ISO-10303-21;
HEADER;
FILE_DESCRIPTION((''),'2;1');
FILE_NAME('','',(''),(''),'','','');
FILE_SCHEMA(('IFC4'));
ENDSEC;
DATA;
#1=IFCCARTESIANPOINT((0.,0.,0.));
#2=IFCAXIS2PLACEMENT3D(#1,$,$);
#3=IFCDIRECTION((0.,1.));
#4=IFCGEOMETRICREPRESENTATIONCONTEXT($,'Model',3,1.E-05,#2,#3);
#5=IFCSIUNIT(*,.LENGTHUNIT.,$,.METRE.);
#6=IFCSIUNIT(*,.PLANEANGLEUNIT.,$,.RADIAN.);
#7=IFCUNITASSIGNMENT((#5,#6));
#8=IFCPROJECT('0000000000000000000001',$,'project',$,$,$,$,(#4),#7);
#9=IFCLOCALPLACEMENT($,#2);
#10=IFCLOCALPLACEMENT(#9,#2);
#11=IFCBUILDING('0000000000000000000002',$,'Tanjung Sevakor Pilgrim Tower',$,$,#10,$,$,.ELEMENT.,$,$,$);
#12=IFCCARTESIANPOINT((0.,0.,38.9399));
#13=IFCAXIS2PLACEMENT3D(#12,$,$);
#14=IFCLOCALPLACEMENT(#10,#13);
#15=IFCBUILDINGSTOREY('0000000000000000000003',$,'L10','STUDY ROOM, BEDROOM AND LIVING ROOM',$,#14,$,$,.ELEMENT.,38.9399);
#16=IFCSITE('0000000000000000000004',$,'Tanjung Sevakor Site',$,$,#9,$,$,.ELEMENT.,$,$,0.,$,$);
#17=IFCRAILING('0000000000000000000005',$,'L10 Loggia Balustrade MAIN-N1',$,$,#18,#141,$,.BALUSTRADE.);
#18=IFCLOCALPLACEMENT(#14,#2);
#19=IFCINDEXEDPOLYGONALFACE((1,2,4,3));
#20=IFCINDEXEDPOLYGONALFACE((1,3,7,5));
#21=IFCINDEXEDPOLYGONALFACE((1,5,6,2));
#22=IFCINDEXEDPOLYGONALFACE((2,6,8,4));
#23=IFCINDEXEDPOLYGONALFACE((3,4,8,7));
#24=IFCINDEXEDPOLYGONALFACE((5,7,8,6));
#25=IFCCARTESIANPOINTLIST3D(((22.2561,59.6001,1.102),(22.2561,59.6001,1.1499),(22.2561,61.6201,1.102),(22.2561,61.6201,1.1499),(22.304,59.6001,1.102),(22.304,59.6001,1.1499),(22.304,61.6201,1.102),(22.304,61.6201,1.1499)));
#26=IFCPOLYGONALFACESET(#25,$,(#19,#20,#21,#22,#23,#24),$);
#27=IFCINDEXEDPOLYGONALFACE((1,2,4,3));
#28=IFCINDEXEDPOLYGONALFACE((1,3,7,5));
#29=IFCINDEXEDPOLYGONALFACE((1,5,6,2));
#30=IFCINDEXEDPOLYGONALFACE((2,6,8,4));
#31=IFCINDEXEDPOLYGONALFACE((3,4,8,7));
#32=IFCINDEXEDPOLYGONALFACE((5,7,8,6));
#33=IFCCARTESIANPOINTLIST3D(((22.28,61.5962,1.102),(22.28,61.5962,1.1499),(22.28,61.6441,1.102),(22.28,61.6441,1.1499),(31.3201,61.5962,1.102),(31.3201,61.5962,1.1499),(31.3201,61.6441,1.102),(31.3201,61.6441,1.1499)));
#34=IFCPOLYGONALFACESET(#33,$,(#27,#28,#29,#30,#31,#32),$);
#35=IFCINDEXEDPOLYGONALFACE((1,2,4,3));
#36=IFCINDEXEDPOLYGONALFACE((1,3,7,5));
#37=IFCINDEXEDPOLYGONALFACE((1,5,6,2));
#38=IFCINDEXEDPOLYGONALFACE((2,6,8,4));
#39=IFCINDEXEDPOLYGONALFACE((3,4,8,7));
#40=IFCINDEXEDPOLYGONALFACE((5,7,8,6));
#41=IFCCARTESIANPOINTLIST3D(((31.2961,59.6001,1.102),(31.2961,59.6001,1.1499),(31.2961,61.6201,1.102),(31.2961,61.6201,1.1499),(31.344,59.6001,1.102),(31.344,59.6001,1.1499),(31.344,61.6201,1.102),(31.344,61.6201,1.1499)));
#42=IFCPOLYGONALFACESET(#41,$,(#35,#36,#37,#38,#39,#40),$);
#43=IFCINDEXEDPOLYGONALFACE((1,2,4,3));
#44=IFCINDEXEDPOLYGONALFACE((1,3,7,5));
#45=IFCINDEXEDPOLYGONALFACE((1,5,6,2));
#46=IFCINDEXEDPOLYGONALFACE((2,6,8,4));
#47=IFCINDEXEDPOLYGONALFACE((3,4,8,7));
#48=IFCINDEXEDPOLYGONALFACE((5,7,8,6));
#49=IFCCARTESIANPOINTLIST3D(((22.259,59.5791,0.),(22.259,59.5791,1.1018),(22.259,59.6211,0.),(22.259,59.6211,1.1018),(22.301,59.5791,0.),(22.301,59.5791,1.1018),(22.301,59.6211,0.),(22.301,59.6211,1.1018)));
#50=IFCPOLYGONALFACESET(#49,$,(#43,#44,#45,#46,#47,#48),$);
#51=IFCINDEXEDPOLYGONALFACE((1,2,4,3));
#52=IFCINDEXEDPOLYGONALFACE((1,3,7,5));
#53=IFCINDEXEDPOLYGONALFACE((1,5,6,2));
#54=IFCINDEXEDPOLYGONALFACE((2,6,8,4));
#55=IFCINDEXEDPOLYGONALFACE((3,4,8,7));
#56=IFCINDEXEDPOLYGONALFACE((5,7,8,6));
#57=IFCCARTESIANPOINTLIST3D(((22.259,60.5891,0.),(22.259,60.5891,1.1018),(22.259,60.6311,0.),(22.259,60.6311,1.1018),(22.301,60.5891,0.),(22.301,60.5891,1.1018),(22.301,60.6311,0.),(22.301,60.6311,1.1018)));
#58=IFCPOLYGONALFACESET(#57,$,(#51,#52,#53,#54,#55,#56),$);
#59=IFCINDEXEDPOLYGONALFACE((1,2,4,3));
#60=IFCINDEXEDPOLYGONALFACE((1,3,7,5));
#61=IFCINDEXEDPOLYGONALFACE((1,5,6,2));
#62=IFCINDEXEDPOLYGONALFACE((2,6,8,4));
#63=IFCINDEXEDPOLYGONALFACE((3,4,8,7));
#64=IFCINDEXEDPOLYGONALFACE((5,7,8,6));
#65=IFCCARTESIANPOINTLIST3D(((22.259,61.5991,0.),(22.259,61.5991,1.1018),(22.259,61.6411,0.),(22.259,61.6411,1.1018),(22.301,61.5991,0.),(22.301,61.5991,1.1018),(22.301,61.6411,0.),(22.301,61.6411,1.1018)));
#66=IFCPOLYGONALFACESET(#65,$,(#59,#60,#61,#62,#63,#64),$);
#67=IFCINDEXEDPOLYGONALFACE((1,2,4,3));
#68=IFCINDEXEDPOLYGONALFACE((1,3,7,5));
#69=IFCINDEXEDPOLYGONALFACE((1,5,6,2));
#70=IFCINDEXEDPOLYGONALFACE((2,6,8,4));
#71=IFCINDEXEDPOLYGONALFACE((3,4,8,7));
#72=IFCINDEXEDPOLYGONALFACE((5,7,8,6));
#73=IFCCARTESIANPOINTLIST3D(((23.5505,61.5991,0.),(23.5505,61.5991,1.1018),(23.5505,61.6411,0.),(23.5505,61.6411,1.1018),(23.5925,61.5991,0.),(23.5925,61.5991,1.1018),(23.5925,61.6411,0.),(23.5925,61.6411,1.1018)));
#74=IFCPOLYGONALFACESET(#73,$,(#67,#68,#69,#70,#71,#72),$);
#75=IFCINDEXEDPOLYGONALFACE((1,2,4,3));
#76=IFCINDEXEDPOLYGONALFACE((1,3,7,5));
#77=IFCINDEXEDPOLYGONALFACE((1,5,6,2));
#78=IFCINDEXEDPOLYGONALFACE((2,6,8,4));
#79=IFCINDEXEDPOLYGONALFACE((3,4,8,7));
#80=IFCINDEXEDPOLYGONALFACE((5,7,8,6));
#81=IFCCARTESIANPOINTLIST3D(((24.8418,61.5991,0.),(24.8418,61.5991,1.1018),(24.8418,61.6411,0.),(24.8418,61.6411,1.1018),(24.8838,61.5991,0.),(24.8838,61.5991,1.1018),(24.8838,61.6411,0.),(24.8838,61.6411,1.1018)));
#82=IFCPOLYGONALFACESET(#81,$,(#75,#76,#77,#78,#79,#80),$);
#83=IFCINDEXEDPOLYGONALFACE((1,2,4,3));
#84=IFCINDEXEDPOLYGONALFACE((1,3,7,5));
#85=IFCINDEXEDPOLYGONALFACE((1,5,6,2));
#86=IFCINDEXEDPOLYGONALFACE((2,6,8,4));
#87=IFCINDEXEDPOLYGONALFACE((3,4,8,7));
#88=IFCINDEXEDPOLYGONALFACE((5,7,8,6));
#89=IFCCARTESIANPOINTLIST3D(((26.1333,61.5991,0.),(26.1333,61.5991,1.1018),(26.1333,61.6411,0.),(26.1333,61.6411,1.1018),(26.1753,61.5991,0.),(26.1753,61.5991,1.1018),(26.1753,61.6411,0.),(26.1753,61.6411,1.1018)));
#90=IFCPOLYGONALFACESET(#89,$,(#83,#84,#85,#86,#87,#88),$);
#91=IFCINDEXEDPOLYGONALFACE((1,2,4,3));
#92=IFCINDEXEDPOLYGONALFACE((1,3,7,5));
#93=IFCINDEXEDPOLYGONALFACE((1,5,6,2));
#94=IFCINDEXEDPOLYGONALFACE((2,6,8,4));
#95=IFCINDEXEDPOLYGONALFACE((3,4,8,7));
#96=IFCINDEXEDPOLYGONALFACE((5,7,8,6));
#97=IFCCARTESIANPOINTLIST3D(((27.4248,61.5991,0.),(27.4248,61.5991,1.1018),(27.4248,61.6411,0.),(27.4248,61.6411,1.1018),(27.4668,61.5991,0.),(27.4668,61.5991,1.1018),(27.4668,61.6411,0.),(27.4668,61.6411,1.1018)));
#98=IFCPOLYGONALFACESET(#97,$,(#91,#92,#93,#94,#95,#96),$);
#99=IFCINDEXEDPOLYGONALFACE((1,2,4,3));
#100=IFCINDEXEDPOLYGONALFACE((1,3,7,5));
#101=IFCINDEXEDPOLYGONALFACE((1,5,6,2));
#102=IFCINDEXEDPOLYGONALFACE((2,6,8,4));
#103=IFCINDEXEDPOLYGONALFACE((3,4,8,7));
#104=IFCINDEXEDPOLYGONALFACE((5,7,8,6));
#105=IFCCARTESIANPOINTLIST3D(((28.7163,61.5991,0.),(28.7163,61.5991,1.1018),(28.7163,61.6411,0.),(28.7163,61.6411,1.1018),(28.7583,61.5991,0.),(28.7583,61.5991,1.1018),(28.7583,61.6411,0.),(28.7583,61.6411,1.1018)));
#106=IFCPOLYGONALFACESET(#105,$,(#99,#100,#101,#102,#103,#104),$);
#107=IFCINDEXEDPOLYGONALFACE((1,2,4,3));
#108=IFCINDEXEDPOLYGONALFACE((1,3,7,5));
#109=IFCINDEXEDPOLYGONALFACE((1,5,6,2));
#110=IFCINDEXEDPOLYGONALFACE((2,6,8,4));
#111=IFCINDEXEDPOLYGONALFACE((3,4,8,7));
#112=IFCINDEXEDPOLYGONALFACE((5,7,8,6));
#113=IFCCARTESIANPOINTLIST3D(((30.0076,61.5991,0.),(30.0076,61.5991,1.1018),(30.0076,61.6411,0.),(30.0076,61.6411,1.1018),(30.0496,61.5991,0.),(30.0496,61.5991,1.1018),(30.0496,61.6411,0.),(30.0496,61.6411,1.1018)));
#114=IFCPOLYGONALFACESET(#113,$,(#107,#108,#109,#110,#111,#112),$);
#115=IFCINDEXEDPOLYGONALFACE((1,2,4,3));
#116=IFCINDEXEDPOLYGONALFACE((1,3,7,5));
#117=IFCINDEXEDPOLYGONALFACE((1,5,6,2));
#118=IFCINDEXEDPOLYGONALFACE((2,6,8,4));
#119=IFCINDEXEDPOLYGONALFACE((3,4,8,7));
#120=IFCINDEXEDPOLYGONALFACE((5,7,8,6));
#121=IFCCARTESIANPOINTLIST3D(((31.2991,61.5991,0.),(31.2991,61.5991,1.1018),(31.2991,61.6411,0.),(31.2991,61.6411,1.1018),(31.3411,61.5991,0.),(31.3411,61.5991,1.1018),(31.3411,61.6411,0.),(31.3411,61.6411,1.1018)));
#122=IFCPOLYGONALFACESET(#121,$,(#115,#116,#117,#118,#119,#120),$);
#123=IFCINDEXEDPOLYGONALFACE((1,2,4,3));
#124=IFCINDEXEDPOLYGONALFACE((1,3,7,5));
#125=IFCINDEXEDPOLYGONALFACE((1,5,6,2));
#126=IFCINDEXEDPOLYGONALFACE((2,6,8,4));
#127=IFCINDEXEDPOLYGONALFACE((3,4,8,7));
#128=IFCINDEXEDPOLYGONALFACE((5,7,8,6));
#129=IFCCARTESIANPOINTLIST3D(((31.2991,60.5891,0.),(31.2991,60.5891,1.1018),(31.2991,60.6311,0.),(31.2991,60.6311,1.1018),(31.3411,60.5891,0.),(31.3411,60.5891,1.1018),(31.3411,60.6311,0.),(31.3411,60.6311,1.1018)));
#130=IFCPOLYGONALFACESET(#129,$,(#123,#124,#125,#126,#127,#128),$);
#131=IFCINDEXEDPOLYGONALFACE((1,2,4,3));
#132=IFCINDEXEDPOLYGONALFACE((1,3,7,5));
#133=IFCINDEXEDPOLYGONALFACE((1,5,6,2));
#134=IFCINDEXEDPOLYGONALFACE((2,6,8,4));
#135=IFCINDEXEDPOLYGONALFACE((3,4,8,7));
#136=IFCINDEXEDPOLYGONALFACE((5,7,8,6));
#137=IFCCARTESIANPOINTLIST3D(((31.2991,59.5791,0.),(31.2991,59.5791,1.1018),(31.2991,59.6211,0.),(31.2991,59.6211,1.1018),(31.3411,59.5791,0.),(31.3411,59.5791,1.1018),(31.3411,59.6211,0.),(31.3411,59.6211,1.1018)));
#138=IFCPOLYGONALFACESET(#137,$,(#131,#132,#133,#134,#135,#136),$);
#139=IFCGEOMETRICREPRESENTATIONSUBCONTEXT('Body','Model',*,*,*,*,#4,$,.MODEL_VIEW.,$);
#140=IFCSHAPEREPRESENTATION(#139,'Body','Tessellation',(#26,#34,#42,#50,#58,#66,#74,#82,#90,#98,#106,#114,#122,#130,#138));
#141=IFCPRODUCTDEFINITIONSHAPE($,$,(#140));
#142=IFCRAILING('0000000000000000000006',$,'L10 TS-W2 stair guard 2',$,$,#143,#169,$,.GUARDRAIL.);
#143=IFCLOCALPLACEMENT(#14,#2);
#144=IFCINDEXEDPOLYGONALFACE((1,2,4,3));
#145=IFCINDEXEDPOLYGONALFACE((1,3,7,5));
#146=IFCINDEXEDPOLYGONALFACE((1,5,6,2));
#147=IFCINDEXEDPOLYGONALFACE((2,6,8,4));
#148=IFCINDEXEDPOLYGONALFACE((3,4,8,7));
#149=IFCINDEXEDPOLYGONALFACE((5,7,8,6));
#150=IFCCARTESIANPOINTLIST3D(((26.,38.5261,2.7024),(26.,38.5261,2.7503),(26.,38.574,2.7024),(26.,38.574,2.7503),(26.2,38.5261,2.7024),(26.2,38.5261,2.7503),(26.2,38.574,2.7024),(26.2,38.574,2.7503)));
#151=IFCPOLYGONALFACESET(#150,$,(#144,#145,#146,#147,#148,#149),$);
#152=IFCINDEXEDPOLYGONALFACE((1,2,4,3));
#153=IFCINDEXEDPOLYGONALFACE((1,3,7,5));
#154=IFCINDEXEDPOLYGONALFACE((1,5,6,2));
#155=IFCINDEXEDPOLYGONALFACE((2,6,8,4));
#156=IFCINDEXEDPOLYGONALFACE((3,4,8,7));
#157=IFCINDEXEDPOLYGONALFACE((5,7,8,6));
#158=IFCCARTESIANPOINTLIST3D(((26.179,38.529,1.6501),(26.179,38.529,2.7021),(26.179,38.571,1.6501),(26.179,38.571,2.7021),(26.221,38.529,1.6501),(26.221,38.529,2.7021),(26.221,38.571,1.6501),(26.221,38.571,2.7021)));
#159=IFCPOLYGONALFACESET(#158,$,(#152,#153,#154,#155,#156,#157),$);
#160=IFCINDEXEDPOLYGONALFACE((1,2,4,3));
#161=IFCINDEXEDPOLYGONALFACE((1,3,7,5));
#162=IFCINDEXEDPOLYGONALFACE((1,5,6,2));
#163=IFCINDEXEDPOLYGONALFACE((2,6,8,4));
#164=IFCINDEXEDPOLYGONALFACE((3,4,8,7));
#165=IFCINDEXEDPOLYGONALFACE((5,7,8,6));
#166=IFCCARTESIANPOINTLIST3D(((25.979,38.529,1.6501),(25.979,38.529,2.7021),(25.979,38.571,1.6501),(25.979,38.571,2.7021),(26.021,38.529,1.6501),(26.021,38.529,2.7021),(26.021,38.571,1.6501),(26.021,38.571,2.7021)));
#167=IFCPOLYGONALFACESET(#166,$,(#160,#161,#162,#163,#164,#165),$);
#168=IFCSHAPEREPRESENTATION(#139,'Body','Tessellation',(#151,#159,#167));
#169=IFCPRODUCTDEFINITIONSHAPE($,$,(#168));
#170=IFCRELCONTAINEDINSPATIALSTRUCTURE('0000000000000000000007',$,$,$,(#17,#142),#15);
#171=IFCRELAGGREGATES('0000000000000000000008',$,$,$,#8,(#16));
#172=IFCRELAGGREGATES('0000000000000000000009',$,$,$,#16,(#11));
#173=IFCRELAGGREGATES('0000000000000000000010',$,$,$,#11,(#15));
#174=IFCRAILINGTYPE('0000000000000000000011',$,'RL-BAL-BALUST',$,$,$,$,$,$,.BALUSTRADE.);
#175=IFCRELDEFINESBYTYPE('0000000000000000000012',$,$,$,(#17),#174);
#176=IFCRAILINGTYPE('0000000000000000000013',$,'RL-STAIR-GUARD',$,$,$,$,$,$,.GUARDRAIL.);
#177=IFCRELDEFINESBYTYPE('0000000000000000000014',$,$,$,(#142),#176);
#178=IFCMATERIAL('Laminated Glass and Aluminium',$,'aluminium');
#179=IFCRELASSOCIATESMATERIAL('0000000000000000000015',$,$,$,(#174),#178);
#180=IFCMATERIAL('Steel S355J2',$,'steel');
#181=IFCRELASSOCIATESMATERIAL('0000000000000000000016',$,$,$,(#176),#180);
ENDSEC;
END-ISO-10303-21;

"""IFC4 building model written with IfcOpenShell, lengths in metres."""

from ifc_helpers import new_model, si_unit, direction, frame, origin, place, context, subcontext, project, spatial, rectangle, extrude, material, type_object, element, save


model = new_model("IFC4")

# Units and contexts
model_context = context("Model", 3, precision=1e-05, world=origin(), true_north=direction((0.0, 1.0)))
body_context = subcontext(model_context, "Body", "Model", "MODEL_VIEW")
ifc_project = project(units=[si_unit("LENGTHUNIT", "METRE"), si_unit("PLANEANGLEUNIT", "RADIAN")], contexts=[model_context])

# Site, building, storey
site_placement = place(None, origin())
site = spatial("IfcSite", under=ifc_project, at=site_placement, Name="Tanjung Sevakor Site", CompositionType="ELEMENT", RefElevation=0.0)
building_placement = place(site_placement, origin())
building = spatial("IfcBuilding", under=site, at=building_placement, Name="Tanjung Sevakor Pilgrim Tower", CompositionType="ELEMENT")
storey_placement = place(building_placement, frame((0.0, 0.0, 38.9399)))
storey = spatial("IfcBuildingStorey", under=building, at=storey_placement, Name="L10", Description="STUDY ROOM, BEDROOM AND LIVING ROOM", CompositionType="ELEMENT", Elevation=38.9399)

# Railings
ifc_material_1 = material(Name="Laminated Glass and Aluminium", Category="aluminium")
railing_type_1 = type_object("IfcRailingType", Name="RL-BAL-BALUST", PredefinedType="BALUSTRADE", material=ifc_material_1)
railing_1_placement = place(storey_placement, frame((22.28, 59.6001, 0.0)))
element("IfcRailing", 1, at=railing_1_placement, inside=storey, type_object=railing_type_1, Name="L10 Loggia Balustrade MAIN-N1", PredefinedType="BALUSTRADE", context=body_context, shape_type="SweptSolid", body=[
    extrude(rectangle(XDim=0.0479, YDim=0.0479), frame((0.0, 0.0, 1.126), z_axis=(0.0, 1.0, 0.0), x_axis=(-1.0, 0.0, 0.0)), (0.0, 0.0, 1.0), 2.02),
    extrude(rectangle(XDim=0.0479, YDim=0.0479), frame((0.0, 2.02, 1.126), z_axis=(1.0, 0.0, 0.0), x_axis=(0.0, 1.0, 0.0)), (0.0, 0.0, 1.0), 9.04),
    extrude(rectangle(XDim=0.0479, YDim=0.0479), frame((9.04, 2.02, 1.126), z_axis=(0.0, -1.0, 0.0), x_axis=(1.0, 0.0, 0.0)), (0.0, 0.0, 1.0), 2.02),
    extrude(rectangle(XDim=0.042, YDim=0.042), origin(), (0.0, 0.0, 1.0), 1.1018),
    extrude(rectangle(XDim=0.042, YDim=0.042), frame((0.0, 1.01, 0.0)), (0.0, 0.0, 1.0), 1.1018),
    extrude(rectangle(XDim=0.042, YDim=0.042), frame((0.0, 2.02, 0.0)), (0.0, 0.0, 1.0), 1.1018),
    extrude(rectangle(XDim=0.042, YDim=0.042), frame((1.2915, 2.02, 0.0)), (0.0, 0.0, 1.0), 1.1018),
    extrude(rectangle(XDim=0.042, YDim=0.042), frame((2.5828, 2.02, 0.0)), (0.0, 0.0, 1.0), 1.1018),
    extrude(rectangle(XDim=0.042, YDim=0.042), frame((3.8743, 2.02, 0.0)), (0.0, 0.0, 1.0), 1.1018),
    extrude(rectangle(XDim=0.042, YDim=0.042), frame((5.1658, 2.02, 0.0)), (0.0, 0.0, 1.0), 1.1018),
    extrude(rectangle(XDim=0.042, YDim=0.042), frame((6.4573, 2.02, 0.0)), (0.0, 0.0, 1.0), 1.1018),
    extrude(rectangle(XDim=0.042, YDim=0.042), frame((7.7485, 2.02, 0.0)), (0.0, 0.0, 1.0), 1.1018),
    extrude(rectangle(XDim=0.042, YDim=0.042), frame((9.04, 2.02, 0.0)), (0.0, 0.0, 1.0), 1.1018),
    extrude(rectangle(XDim=0.042, YDim=0.042), frame((9.04, 1.01, 0.0)), (0.0, 0.0, 1.0), 1.1018),
    extrude(rectangle(XDim=0.042, YDim=0.042), frame((9.04, 0.0, 0.0)), (0.0, 0.0, 1.0), 1.1018),
])
ifc_material_2 = material(Name="Steel S355J2", Category="steel")
railing_type_2 = type_object("IfcRailingType", Name="RL-STAIR-GUARD", PredefinedType="GUARDRAIL", material=ifc_material_2)
railing_2_placement = place(storey_placement, frame((26.2, 38.55, 1.6501)))
element("IfcRailing", 2, at=railing_2_placement, inside=storey, type_object=railing_type_2, Name="L10 TS-W2 stair guard 2", PredefinedType="GUARDRAIL", context=body_context, shape_type="SweptSolid", body=[
    extrude(rectangle(XDim=0.0479, YDim=0.0479), frame((0.0, 0.0, 1.0762), z_axis=(-1.0, 0.0, 0.0), x_axis=(0.0, -1.0, 0.0)), (0.0, 0.0, 1.0), 0.2),
    extrude(rectangle(XDim=0.042, YDim=0.042), origin(), (0.0, 0.0, 1.0), 1.052),
    extrude(rectangle(XDim=0.042, YDim=0.042), frame((-0.2, 0.0, 0.0)), (0.0, 0.0, 1.0), 1.052),
])

save(model, "model.ifc")
